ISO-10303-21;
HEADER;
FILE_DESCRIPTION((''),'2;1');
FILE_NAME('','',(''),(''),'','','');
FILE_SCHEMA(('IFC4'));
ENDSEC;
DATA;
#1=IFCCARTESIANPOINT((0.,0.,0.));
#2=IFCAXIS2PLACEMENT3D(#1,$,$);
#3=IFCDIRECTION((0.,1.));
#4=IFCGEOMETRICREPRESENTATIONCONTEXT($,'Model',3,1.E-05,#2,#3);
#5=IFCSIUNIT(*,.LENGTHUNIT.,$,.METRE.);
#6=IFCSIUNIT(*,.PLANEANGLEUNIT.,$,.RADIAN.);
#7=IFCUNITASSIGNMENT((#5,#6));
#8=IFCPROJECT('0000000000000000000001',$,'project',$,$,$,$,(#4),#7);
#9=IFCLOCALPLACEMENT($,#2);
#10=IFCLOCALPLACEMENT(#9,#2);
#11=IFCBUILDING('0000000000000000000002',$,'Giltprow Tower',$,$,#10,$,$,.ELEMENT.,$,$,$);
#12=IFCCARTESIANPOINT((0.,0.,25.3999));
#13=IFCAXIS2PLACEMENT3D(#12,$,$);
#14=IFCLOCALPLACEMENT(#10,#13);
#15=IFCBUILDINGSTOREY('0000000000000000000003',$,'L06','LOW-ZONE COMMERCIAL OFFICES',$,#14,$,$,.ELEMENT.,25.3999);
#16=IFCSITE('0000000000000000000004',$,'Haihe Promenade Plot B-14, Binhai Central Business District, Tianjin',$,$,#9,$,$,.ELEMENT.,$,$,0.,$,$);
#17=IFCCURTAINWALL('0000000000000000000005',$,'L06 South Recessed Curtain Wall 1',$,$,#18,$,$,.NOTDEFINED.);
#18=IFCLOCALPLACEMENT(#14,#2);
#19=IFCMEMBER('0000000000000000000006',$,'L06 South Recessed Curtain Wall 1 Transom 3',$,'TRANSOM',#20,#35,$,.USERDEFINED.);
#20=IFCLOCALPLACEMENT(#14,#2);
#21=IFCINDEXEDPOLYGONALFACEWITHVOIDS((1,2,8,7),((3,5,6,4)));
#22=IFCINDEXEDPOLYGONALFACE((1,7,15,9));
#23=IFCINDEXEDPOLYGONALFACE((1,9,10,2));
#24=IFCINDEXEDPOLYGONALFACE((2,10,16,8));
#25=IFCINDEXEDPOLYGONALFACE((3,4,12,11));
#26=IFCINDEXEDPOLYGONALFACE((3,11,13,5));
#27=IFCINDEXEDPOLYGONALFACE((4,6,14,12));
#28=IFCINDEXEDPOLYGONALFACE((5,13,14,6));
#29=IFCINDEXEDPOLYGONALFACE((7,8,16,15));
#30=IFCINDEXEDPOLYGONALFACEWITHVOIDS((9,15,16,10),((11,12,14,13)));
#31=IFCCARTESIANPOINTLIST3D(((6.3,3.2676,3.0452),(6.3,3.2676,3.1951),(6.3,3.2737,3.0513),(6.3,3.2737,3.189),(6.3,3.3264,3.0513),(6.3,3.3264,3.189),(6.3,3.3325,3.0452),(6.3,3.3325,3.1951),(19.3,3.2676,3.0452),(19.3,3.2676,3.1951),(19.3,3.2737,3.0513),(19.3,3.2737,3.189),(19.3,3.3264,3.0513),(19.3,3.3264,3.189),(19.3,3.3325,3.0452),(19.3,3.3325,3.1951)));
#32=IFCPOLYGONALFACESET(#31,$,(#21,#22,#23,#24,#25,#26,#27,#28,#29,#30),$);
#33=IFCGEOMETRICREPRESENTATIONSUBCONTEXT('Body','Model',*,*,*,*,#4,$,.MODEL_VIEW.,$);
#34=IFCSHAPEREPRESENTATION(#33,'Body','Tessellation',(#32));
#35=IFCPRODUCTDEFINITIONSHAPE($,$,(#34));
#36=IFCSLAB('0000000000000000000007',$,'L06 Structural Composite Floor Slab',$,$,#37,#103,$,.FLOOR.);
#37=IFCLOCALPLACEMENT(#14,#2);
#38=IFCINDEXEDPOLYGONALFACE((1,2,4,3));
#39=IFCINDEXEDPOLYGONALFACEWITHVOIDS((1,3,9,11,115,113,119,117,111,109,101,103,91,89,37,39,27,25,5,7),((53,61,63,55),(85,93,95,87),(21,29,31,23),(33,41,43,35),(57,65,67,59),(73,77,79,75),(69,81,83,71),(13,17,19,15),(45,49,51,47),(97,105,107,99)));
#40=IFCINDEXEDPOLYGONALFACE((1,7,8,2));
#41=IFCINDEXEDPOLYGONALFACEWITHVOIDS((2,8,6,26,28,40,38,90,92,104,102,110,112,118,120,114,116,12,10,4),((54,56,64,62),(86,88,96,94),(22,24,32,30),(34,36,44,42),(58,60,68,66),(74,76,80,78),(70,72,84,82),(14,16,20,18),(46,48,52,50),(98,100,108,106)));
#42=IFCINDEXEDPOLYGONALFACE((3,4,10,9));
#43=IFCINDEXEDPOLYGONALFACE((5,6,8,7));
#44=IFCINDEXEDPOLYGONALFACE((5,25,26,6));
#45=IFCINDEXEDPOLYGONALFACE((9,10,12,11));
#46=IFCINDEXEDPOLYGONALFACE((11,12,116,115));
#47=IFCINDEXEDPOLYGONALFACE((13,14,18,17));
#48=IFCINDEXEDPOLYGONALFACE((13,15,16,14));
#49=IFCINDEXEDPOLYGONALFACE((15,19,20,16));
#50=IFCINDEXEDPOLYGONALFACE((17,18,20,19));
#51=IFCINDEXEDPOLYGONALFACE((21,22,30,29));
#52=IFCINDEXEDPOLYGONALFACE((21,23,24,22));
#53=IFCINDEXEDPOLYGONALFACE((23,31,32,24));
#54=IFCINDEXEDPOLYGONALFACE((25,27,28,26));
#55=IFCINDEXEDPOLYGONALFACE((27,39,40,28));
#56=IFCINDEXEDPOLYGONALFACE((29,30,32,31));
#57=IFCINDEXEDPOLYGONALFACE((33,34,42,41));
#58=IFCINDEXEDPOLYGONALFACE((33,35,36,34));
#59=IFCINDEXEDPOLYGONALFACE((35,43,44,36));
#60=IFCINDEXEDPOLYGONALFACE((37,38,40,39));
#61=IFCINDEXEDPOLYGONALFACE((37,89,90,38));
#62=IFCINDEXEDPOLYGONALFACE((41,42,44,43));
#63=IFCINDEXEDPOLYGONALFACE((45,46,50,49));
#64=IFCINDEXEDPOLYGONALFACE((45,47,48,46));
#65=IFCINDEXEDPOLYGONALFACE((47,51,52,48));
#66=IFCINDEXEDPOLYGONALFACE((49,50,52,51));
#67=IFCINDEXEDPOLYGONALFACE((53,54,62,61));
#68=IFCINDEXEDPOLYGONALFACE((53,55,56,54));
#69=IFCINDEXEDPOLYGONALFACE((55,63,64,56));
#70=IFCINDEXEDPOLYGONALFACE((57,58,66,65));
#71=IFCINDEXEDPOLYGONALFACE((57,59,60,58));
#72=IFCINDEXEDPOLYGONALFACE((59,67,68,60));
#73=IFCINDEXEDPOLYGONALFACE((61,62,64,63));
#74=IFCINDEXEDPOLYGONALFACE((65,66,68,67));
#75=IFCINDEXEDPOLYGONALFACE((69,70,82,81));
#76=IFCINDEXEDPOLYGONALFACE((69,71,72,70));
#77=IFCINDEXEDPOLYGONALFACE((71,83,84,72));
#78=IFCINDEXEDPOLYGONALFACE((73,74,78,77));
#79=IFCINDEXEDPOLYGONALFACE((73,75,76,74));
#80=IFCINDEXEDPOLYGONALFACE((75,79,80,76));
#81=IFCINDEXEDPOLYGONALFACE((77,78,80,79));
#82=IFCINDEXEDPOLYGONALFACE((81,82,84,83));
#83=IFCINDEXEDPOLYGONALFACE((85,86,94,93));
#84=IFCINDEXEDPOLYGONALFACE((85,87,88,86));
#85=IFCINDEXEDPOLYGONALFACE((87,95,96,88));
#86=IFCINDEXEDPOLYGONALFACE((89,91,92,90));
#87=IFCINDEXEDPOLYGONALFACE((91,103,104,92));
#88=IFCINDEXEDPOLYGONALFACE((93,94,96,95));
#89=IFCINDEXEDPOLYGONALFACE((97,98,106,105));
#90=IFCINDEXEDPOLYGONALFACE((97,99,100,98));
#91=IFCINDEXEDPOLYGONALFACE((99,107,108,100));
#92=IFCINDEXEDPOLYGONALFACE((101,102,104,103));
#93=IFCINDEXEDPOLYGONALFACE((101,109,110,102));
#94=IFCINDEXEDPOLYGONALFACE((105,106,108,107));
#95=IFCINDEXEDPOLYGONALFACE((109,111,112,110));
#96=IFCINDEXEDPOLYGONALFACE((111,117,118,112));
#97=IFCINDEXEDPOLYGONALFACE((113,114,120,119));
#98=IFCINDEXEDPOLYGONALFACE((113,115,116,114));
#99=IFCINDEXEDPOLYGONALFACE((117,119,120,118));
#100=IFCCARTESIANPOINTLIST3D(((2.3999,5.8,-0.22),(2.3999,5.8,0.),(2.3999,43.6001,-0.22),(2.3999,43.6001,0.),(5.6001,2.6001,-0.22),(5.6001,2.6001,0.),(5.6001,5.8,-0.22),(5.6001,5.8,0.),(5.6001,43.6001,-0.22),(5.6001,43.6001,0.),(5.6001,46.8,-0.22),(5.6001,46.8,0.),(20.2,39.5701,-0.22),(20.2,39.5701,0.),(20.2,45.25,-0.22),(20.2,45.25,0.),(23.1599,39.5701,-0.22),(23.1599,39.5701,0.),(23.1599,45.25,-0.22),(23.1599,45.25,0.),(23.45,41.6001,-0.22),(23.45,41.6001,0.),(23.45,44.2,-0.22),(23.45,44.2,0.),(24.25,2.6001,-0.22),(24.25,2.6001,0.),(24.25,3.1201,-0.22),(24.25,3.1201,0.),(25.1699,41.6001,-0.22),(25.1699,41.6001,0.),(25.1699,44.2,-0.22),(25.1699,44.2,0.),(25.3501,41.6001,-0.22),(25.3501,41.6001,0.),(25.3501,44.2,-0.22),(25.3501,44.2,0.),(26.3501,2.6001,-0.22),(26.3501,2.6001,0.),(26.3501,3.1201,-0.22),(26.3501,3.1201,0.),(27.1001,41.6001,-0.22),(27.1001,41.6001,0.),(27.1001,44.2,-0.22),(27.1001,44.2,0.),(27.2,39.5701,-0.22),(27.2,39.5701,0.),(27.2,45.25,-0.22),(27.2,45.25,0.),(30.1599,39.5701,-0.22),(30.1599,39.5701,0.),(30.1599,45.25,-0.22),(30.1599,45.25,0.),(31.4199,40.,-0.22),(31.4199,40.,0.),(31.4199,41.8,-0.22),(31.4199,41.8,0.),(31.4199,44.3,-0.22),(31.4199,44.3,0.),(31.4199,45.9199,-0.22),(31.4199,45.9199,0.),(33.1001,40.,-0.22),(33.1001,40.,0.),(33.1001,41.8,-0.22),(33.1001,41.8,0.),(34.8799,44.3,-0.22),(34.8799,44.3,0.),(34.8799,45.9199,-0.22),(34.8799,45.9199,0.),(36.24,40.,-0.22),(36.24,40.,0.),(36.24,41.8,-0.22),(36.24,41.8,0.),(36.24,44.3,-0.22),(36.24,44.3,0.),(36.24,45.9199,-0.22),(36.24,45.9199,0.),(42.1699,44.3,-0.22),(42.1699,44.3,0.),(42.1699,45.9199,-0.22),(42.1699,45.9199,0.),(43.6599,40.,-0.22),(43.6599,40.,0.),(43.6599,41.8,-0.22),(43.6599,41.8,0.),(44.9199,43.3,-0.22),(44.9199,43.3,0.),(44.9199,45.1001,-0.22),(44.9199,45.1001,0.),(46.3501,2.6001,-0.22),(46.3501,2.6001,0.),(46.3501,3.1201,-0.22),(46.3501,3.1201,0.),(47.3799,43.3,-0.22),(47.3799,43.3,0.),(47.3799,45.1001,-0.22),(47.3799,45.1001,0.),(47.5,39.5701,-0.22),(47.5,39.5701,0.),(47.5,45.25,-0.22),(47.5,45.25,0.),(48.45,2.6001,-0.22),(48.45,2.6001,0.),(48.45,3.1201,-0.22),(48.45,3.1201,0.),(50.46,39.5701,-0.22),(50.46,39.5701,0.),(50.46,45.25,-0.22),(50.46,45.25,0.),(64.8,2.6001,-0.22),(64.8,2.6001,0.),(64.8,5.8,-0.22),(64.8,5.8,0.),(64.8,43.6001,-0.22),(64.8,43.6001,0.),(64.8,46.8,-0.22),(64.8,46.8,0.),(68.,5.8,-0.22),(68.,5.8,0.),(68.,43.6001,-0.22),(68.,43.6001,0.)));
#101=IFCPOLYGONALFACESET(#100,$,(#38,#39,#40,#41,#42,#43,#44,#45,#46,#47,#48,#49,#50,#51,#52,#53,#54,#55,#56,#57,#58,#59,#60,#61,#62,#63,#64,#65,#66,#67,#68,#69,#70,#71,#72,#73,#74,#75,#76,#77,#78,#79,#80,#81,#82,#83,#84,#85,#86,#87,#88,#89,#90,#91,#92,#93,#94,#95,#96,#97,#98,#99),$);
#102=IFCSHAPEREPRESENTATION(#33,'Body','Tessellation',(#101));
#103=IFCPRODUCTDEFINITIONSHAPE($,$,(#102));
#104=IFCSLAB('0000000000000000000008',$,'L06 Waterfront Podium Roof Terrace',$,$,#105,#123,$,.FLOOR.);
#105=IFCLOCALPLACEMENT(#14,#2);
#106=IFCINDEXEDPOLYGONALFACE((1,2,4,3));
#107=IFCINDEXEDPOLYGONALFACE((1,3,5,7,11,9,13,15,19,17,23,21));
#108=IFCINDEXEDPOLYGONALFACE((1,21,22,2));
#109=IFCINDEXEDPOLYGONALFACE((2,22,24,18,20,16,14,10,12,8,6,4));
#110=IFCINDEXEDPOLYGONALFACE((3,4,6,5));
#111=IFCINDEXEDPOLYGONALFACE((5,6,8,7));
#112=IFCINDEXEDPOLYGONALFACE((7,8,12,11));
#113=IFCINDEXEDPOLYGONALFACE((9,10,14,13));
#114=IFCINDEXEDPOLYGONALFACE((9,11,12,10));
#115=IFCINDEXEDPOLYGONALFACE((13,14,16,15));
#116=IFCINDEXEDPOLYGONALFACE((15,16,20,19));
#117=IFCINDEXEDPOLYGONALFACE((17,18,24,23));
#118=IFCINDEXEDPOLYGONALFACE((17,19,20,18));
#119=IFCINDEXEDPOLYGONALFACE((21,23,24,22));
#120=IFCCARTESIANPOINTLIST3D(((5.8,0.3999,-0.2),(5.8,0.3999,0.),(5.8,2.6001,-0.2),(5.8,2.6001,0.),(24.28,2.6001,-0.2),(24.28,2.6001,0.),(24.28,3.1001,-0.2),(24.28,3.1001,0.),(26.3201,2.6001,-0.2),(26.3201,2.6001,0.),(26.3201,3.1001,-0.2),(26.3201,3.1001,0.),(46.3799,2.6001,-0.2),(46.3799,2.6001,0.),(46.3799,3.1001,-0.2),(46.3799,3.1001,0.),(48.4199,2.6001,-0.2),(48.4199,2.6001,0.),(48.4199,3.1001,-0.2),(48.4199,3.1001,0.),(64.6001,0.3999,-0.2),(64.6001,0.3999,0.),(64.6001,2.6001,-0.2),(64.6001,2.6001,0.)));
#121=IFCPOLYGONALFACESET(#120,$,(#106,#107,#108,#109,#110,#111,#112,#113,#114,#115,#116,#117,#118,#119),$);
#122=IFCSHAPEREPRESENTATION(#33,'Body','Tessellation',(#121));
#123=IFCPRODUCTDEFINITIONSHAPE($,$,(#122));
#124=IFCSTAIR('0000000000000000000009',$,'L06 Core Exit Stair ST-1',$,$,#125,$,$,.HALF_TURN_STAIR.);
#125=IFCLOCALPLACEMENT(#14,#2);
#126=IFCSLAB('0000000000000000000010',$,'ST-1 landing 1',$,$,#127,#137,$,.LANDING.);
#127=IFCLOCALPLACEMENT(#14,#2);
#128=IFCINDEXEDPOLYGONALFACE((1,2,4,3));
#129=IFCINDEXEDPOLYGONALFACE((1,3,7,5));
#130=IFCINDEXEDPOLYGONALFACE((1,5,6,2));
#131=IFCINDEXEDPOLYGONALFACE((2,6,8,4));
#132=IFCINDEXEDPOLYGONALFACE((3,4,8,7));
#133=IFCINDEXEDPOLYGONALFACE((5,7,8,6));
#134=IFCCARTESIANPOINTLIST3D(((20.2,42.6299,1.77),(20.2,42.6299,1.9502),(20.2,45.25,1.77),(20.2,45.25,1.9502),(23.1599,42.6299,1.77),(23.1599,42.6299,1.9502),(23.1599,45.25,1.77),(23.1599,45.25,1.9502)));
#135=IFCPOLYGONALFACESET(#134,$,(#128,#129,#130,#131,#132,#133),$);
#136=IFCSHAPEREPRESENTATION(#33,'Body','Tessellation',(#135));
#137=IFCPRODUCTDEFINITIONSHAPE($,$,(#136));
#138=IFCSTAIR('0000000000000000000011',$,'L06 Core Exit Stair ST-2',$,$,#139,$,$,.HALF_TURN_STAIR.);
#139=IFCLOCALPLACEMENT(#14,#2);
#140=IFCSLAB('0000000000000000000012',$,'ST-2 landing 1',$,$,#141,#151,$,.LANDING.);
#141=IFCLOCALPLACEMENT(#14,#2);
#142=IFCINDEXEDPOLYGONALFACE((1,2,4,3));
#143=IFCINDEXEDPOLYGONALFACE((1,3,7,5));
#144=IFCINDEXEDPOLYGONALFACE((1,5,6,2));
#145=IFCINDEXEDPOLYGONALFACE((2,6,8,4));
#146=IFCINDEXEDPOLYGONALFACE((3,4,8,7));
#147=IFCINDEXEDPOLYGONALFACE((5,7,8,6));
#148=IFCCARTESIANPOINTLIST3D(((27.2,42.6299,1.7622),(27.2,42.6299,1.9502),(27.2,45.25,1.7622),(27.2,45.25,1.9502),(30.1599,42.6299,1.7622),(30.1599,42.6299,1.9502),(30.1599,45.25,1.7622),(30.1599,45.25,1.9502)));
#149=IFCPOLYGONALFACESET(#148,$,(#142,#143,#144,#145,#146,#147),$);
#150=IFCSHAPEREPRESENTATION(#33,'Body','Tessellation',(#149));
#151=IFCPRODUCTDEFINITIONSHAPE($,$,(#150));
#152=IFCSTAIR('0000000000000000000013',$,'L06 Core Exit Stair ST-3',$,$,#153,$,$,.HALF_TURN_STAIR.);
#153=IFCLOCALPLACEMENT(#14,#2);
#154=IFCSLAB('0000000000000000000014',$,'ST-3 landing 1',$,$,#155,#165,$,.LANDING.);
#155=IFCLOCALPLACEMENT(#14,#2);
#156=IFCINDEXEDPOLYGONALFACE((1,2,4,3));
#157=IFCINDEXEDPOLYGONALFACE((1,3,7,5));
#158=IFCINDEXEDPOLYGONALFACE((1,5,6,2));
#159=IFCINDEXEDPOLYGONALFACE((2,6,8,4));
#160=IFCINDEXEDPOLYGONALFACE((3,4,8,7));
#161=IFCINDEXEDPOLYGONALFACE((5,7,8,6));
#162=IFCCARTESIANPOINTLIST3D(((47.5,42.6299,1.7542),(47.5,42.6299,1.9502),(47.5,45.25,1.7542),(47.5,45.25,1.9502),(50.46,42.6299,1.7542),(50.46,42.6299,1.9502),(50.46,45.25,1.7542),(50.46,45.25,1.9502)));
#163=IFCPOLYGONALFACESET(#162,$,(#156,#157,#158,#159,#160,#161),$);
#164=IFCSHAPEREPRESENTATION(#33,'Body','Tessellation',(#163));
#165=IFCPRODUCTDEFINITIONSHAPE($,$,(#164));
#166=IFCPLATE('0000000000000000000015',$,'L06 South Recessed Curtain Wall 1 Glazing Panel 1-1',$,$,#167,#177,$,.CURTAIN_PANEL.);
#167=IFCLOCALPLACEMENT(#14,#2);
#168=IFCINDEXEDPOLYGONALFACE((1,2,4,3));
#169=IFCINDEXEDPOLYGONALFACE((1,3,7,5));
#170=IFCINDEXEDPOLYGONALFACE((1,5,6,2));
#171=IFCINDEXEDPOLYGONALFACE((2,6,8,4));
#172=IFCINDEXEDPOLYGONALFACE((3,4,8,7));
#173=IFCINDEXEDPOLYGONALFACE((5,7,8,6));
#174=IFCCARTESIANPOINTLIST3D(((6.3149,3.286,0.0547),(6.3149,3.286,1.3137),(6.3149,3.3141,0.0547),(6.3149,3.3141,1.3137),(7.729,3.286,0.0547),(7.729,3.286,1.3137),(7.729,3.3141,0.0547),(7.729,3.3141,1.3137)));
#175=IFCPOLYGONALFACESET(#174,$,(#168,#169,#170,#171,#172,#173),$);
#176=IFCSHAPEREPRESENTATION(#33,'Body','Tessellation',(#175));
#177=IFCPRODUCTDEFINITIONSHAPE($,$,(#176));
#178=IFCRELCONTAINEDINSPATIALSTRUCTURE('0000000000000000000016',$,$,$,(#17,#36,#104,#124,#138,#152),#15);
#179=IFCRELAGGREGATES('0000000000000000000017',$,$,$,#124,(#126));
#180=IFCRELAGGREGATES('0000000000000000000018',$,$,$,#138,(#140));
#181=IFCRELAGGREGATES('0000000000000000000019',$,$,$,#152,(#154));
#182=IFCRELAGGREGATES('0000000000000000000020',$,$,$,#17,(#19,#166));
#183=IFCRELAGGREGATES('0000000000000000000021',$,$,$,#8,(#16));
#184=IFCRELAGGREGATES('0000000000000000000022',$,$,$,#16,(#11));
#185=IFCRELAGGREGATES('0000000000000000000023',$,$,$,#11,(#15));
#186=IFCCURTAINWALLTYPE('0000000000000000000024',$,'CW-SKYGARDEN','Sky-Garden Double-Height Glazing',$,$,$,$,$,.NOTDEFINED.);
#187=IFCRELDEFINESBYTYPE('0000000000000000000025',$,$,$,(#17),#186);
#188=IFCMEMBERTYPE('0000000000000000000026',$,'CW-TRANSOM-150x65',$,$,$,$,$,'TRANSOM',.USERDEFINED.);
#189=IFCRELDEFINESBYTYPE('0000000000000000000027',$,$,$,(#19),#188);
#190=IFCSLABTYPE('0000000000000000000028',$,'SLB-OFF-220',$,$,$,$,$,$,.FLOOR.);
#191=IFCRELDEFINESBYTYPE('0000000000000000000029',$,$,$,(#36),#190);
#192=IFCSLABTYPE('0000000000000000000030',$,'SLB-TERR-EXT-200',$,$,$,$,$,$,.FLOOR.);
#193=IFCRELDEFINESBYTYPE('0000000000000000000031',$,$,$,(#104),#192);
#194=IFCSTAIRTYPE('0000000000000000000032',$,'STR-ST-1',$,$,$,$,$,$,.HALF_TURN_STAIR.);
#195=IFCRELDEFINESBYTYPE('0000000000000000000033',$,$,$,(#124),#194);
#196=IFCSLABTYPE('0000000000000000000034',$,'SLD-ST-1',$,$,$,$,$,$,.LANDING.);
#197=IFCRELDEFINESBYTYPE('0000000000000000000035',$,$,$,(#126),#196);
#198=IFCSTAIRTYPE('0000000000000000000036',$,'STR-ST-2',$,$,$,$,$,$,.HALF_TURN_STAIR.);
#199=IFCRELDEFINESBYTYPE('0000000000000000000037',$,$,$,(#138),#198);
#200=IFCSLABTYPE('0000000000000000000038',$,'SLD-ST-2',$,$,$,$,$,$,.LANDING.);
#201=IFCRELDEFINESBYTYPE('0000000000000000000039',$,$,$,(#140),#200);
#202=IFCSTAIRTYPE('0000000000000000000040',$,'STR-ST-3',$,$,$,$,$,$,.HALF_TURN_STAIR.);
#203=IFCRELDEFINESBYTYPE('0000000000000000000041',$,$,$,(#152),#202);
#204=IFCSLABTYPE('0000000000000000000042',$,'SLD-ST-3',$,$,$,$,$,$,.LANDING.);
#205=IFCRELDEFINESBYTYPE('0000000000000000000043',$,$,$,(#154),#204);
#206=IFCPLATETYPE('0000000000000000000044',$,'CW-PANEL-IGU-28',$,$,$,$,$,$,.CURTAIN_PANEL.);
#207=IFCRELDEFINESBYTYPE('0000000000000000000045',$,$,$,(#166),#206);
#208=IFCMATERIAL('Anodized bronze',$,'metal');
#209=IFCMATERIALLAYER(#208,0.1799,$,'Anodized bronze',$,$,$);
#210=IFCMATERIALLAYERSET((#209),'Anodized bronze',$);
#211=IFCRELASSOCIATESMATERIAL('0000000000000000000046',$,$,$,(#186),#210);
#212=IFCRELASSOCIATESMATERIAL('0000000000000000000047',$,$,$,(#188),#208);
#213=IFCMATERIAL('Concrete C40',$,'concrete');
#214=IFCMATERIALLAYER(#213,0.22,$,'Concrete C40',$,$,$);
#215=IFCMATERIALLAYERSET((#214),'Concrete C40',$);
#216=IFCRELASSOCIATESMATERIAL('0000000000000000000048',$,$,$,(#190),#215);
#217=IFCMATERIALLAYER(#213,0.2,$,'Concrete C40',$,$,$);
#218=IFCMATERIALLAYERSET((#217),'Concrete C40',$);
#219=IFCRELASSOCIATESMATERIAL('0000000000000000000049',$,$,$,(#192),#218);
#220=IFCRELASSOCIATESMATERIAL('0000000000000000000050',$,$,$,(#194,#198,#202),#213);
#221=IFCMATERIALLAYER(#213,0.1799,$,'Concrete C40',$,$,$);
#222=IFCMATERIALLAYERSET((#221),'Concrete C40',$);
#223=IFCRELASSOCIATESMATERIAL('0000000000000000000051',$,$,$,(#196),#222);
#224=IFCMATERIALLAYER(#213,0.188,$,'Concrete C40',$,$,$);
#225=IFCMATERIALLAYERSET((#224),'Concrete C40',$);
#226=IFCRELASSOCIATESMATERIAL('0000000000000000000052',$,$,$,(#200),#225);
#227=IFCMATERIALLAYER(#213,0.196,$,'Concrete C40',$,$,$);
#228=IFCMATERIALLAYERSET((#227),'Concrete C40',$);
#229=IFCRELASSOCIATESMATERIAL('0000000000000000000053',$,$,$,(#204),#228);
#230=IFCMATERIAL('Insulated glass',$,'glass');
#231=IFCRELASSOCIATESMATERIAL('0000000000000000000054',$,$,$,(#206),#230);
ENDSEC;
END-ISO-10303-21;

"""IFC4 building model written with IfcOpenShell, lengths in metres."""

from ifc_helpers import new_model, si_unit, direction, frame, origin, origin_2d, place, context, subcontext, project, spatial, polyline, rectangle, hollow_rectangle, outline, extrude, source, transform, mapped, material, layer, layer_set, material_profile, profile_set, type_object, element, aggregate, save


model = new_model("IFC4")

# Units and contexts
model_context = context("Model", 3, precision=1e-05, world=origin(), true_north=direction((0.0, 1.0)))
body_context = subcontext(model_context, "Body", "Model", "MODEL_VIEW")
ifc_project = project(units=[si_unit("LENGTHUNIT", "METRE"), si_unit("PLANEANGLEUNIT", "RADIAN")], contexts=[model_context])

# Site, building, storey
site_placement = place(None, origin())
site = spatial("IfcSite", under=ifc_project, at=site_placement, Name="Haihe Promenade Plot B-14, Binhai Central Business District, Tianjin", CompositionType="ELEMENT", RefElevation=0.0)
building_placement = place(site_placement, origin())
building = spatial("IfcBuilding", under=site, at=building_placement, Name="Giltprow Tower", CompositionType="ELEMENT")
storey_placement = place(building_placement, frame((0.0, 0.0, 25.3999)))
storey = spatial("IfcBuildingStorey", under=building, at=storey_placement, Name="L06", Description="LOW-ZONE COMMERCIAL OFFICES", CompositionType="ELEMENT", Elevation=25.3999)

# Curtain wall, member
ifc_material_1 = material(Name="Anodized bronze", Category="metal")
ifc_layer_1 = layer(ifc_material_1, 0.1799, Name="Anodized bronze")
ifc_layer_set_1 = layer_set([ifc_layer_1], Name="Anodized bronze")
curtain_wall_type = type_object("IfcCurtainWallType", Name="CW-SKYGARDEN", Description="Sky-Garden Double-Height Glazing", PredefinedType="NOTDEFINED", material=ifc_layer_set_1)
curtain_wall_placement = place(storey_placement, origin())
curtain_wall = element("IfcCurtainWall", 1, at=curtain_wall_placement, inside=storey, type_object=curtain_wall_type, Name="L06 South Recessed Curtain Wall 1", PredefinedType="NOTDEFINED")
ifc_material_profile_1 = material_profile(ifc_material_1, hollow_rectangle(XDim=0.0649, YDim=0.1499, WallThickness=0.0061, at=origin_2d()), Name="RHS 150x65x6")
ifc_profile_set_1 = profile_set([ifc_material_profile_1], Name="Anodized bronze")
member_type_1 = type_object("IfcMemberType", Name="CW-TRANSOM-150x65", ElementType="TRANSOM", PredefinedType="USERDEFINED", material=ifc_profile_set_1)
shared_shape_1 = source(origin(), body_context, "Body", "SweptSolid", [
    extrude(hollow_rectangle(XDim=0.0649, YDim=0.1499, WallThickness=0.0061, at=origin_2d()), origin(), (0.0, 0.0, 1.0), 13.0),
])
member_1_placement = place(storey_placement, frame((6.3, 3.3, 3.1201), z_axis=(1.0, 0.0, 0.0), x_axis=(0.0, 1.0, 0.0)))
member_1 = element("IfcMember", 2, at=member_1_placement, type_object=member_type_1, Name="L06 South Recessed Curtain Wall 1 Transom 3", ObjectType="TRANSOM", PredefinedType="USERDEFINED", context=body_context, shape_type="MappedRepresentation", body=[
    mapped(shared_shape_1, transform((0.0, 0.0, 0.0), x_axis=(1.0, 0.0, 0.0), y_axis=(0.0, 1.0, 0.0), z_axis=(0.0, 0.0, 1.0), scale=1.0)),
])

# Slabs
ifc_material_2 = material(Name="Concrete C40", Category="concrete")
ifc_layer_2 = layer(ifc_material_2, 0.22, Name="Concrete C40")
ifc_layer_set_2 = layer_set([ifc_layer_2], Name="Concrete C40")
slab_type_1 = type_object("IfcSlabType", Name="SLB-OFF-220", PredefinedType="FLOOR", material=ifc_layer_set_2)
slab_1_placement = place(storey_placement, frame((0.0, 0.0, -0.22)))
element("IfcSlab", 3, at=slab_1_placement, inside=storey, type_object=slab_type_1, Name="L06 Structural Composite Floor Slab", PredefinedType="FLOOR", context=body_context, shape_type="SweptSolid", body=[
    extrude(outline(polyline([(5.6001, 2.6001), (5.6001, 5.8), (2.3999, 5.8), (2.3999, 43.6001), (5.6001, 43.6001), (5.6001, 46.8), (64.8, 46.8), (64.8, 43.6001), (68.0, 43.6001), (68.0, 5.8), (64.8, 5.8), (64.8, 2.6001), (48.45, 2.6001), (48.45, 3.1201), (46.3501, 3.1201), (46.3501, 2.6001), (26.3501, 2.6001), (26.3501, 3.1201), (24.25, 3.1201), (24.25, 2.6001), (5.6001, 2.6001)]), holes=[polyline([(33.1001, 41.8), (31.4199, 41.8), (31.4199, 40.0), (33.1001, 40.0), (33.1001, 41.8)]), polyline([(23.1599, 39.5701), (23.1599, 45.25), (20.2, 45.25), (20.2, 39.5701), (23.1599, 39.5701)]), polyline([(30.1599, 45.25), (27.2, 45.25), (27.2, 39.5701), (30.1599, 39.5701), (30.1599, 45.25)]), polyline([(25.1699, 41.6001), (25.1699, 44.2), (23.45, 44.2), (23.45, 41.6001), (25.1699, 41.6001)]), polyline([(27.1001, 41.6001), (27.1001, 44.2), (25.3501, 44.2), (25.3501, 41.6001), (27.1001, 41.6001)]), polyline([(43.6599, 40.0), (43.6599, 41.8), (36.24, 41.8), (36.24, 40.0), (43.6599, 40.0)]), polyline([(50.46, 39.5701), (50.46, 45.25), (47.5, 45.25), (47.5, 39.5701), (50.46, 39.5701)]), polyline([(47.3799, 45.1001), (44.9199, 45.1001), (44.9199, 43.3), (47.3799, 43.3), (47.3799, 45.1001)]), polyline([(34.8799, 44.3), (34.8799, 45.9199), (31.4199, 45.9199), (31.4199, 44.3), (34.8799, 44.3)]), polyline([(42.1699, 44.3), (42.1699, 45.9199), (36.24, 45.9199), (36.24, 44.3), (42.1699, 44.3)])]), origin(), (0.0, 0.0, 1.0), 0.22),
])
ifc_layer_3 = layer(ifc_material_2, 0.2, Name="Concrete C40")
ifc_layer_set_3 = layer_set([ifc_layer_3], Name="Concrete C40")
slab_type_2 = type_object("IfcSlabType", Name="SLB-TERR-EXT-200", PredefinedType="FLOOR", material=ifc_layer_set_3)
slab_2_placement = place(storey_placement, frame((0.0, 0.0, -0.2)))
element("IfcSlab", 4, at=slab_2_placement, inside=storey, type_object=slab_type_2, Name="L06 Waterfront Podium Roof Terrace", PredefinedType="FLOOR", context=body_context, shape_type="SweptSolid", body=[
    extrude(outline(polyline([(64.6001, 2.6001), (64.6001, 0.3999), (5.8, 0.3999), (5.8, 2.6001), (24.28, 2.6001), (24.28, 3.1001), (26.3201, 3.1001), (26.3201, 2.6001), (46.3799, 2.6001), (46.3799, 3.1001), (48.4199, 3.1001), (48.4199, 2.6001), (64.6001, 2.6001)])), origin(), (0.0, 0.0, 1.0), 0.2),
])

# Stairs, slabs
stair_type_1 = type_object("IfcStairType", Name="STR-ST-1", PredefinedType="HALF_TURN_STAIR", material=ifc_material_2)
stair_1_placement = place(storey_placement, origin())
stair_1 = element("IfcStair", 5, at=stair_1_placement, inside=storey, type_object=stair_type_1, Name="L06 Core Exit Stair ST-1", PredefinedType="HALF_TURN_STAIR")
ifc_layer_4 = layer(ifc_material_2, 0.1799, Name="Concrete C40")
ifc_layer_set_4 = layer_set([ifc_layer_4], Name="Concrete C40")
slab_type_3 = type_object("IfcSlabType", Name="SLD-ST-1", PredefinedType="LANDING", material=ifc_layer_set_4)
slab_3_placement = place(storey_placement, frame((0.0, 0.0, 1.77)))
slab_3 = element("IfcSlab", 6, at=slab_3_placement, type_object=slab_type_3, Name="ST-1 landing 1", PredefinedType="LANDING", context=body_context, shape_type="SweptSolid", body=[
    extrude(outline(polyline([(23.1599, 42.6299), (23.1599, 45.25), (20.2, 45.25), (20.2, 42.6299), (23.1599, 42.6299)])), origin(), (0.0, 0.0, 1.0), 0.1802),
])
aggregate(stair_1, [slab_3])
stair_type_2 = type_object("IfcStairType", Name="STR-ST-2", PredefinedType="HALF_TURN_STAIR", material=ifc_material_2)
stair_2_placement = place(storey_placement, origin())
stair_2 = element("IfcStair", 7, at=stair_2_placement, inside=storey, type_object=stair_type_2, Name="L06 Core Exit Stair ST-2", PredefinedType="HALF_TURN_STAIR")
ifc_layer_5 = layer(ifc_material_2, 0.188, Name="Concrete C40")
ifc_layer_set_5 = layer_set([ifc_layer_5], Name="Concrete C40")
slab_type_4 = type_object("IfcSlabType", Name="SLD-ST-2", PredefinedType="LANDING", material=ifc_layer_set_5)
slab_4_placement = place(storey_placement, frame((0.0, 0.0, 1.7622)))
slab_4 = element("IfcSlab", 8, at=slab_4_placement, type_object=slab_type_4, Name="ST-2 landing 1", PredefinedType="LANDING", context=body_context, shape_type="SweptSolid", body=[
    extrude(outline(polyline([(30.1599, 42.6299), (30.1599, 45.25), (27.2, 45.25), (27.2, 42.6299), (30.1599, 42.6299)])), origin(), (0.0, 0.0, 1.0), 0.188),
])
aggregate(stair_2, [slab_4])
stair_type_3 = type_object("IfcStairType", Name="STR-ST-3", PredefinedType="HALF_TURN_STAIR", material=ifc_material_2)
stair_3_placement = place(storey_placement, origin())
stair_3 = element("IfcStair", 9, at=stair_3_placement, inside=storey, type_object=stair_type_3, Name="L06 Core Exit Stair ST-3", PredefinedType="HALF_TURN_STAIR")
ifc_layer_6 = layer(ifc_material_2, 0.196, Name="Concrete C40")
ifc_layer_set_6 = layer_set([ifc_layer_6], Name="Concrete C40")
slab_type_5 = type_object("IfcSlabType", Name="SLD-ST-3", PredefinedType="LANDING", material=ifc_layer_set_6)
slab_5_placement = place(storey_placement, frame((0.0, 0.0, 1.7542)))
slab_5 = element("IfcSlab", 10, at=slab_5_placement, type_object=slab_type_5, Name="ST-3 landing 1", PredefinedType="LANDING", context=body_context, shape_type="SweptSolid", body=[
    extrude(outline(polyline([(50.46, 42.6299), (50.46, 45.25), (47.5, 45.25), (47.5, 42.6299), (50.46, 42.6299)])), origin(), (0.0, 0.0, 1.0), 0.196),
])
aggregate(stair_3, [slab_5])

# Plate
ifc_material_3 = material(Name="Insulated glass", Category="glass")
plate_type = type_object("IfcPlateType", Name="CW-PANEL-IGU-28", PredefinedType="CURTAIN_PANEL", material=ifc_material_3)
shared_shape_2 = source(origin(), body_context, "Body", "SweptSolid", [
    extrude(rectangle(XDim=1.4141, YDim=0.0281, at=origin_2d()), origin(), (0.0, 0.0, 1.0), 1.259),
])
plate_1_placement = place(storey_placement, frame((7.022, 3.3, 0.0547), z_axis=(0.0, 0.0, 1.0), x_axis=(1.0, 0.0, 0.0)))
plate_1 = element("IfcPlate", 11, at=plate_1_placement, type_object=plate_type, Name="L06 South Recessed Curtain Wall 1 Glazing Panel 1-1", PredefinedType="CURTAIN_PANEL", context=body_context, shape_type="MappedRepresentation", body=[
    mapped(shared_shape_2, transform((0.0, 0.0, 0.0), x_axis=(1.0, 0.0, 0.0), y_axis=(0.0, 1.0, 0.0), z_axis=(0.0, 0.0, 1.0), scale=1.0)),
])
aggregate(curtain_wall, [member_1, plate_1])

save(model, "model.ifc")
